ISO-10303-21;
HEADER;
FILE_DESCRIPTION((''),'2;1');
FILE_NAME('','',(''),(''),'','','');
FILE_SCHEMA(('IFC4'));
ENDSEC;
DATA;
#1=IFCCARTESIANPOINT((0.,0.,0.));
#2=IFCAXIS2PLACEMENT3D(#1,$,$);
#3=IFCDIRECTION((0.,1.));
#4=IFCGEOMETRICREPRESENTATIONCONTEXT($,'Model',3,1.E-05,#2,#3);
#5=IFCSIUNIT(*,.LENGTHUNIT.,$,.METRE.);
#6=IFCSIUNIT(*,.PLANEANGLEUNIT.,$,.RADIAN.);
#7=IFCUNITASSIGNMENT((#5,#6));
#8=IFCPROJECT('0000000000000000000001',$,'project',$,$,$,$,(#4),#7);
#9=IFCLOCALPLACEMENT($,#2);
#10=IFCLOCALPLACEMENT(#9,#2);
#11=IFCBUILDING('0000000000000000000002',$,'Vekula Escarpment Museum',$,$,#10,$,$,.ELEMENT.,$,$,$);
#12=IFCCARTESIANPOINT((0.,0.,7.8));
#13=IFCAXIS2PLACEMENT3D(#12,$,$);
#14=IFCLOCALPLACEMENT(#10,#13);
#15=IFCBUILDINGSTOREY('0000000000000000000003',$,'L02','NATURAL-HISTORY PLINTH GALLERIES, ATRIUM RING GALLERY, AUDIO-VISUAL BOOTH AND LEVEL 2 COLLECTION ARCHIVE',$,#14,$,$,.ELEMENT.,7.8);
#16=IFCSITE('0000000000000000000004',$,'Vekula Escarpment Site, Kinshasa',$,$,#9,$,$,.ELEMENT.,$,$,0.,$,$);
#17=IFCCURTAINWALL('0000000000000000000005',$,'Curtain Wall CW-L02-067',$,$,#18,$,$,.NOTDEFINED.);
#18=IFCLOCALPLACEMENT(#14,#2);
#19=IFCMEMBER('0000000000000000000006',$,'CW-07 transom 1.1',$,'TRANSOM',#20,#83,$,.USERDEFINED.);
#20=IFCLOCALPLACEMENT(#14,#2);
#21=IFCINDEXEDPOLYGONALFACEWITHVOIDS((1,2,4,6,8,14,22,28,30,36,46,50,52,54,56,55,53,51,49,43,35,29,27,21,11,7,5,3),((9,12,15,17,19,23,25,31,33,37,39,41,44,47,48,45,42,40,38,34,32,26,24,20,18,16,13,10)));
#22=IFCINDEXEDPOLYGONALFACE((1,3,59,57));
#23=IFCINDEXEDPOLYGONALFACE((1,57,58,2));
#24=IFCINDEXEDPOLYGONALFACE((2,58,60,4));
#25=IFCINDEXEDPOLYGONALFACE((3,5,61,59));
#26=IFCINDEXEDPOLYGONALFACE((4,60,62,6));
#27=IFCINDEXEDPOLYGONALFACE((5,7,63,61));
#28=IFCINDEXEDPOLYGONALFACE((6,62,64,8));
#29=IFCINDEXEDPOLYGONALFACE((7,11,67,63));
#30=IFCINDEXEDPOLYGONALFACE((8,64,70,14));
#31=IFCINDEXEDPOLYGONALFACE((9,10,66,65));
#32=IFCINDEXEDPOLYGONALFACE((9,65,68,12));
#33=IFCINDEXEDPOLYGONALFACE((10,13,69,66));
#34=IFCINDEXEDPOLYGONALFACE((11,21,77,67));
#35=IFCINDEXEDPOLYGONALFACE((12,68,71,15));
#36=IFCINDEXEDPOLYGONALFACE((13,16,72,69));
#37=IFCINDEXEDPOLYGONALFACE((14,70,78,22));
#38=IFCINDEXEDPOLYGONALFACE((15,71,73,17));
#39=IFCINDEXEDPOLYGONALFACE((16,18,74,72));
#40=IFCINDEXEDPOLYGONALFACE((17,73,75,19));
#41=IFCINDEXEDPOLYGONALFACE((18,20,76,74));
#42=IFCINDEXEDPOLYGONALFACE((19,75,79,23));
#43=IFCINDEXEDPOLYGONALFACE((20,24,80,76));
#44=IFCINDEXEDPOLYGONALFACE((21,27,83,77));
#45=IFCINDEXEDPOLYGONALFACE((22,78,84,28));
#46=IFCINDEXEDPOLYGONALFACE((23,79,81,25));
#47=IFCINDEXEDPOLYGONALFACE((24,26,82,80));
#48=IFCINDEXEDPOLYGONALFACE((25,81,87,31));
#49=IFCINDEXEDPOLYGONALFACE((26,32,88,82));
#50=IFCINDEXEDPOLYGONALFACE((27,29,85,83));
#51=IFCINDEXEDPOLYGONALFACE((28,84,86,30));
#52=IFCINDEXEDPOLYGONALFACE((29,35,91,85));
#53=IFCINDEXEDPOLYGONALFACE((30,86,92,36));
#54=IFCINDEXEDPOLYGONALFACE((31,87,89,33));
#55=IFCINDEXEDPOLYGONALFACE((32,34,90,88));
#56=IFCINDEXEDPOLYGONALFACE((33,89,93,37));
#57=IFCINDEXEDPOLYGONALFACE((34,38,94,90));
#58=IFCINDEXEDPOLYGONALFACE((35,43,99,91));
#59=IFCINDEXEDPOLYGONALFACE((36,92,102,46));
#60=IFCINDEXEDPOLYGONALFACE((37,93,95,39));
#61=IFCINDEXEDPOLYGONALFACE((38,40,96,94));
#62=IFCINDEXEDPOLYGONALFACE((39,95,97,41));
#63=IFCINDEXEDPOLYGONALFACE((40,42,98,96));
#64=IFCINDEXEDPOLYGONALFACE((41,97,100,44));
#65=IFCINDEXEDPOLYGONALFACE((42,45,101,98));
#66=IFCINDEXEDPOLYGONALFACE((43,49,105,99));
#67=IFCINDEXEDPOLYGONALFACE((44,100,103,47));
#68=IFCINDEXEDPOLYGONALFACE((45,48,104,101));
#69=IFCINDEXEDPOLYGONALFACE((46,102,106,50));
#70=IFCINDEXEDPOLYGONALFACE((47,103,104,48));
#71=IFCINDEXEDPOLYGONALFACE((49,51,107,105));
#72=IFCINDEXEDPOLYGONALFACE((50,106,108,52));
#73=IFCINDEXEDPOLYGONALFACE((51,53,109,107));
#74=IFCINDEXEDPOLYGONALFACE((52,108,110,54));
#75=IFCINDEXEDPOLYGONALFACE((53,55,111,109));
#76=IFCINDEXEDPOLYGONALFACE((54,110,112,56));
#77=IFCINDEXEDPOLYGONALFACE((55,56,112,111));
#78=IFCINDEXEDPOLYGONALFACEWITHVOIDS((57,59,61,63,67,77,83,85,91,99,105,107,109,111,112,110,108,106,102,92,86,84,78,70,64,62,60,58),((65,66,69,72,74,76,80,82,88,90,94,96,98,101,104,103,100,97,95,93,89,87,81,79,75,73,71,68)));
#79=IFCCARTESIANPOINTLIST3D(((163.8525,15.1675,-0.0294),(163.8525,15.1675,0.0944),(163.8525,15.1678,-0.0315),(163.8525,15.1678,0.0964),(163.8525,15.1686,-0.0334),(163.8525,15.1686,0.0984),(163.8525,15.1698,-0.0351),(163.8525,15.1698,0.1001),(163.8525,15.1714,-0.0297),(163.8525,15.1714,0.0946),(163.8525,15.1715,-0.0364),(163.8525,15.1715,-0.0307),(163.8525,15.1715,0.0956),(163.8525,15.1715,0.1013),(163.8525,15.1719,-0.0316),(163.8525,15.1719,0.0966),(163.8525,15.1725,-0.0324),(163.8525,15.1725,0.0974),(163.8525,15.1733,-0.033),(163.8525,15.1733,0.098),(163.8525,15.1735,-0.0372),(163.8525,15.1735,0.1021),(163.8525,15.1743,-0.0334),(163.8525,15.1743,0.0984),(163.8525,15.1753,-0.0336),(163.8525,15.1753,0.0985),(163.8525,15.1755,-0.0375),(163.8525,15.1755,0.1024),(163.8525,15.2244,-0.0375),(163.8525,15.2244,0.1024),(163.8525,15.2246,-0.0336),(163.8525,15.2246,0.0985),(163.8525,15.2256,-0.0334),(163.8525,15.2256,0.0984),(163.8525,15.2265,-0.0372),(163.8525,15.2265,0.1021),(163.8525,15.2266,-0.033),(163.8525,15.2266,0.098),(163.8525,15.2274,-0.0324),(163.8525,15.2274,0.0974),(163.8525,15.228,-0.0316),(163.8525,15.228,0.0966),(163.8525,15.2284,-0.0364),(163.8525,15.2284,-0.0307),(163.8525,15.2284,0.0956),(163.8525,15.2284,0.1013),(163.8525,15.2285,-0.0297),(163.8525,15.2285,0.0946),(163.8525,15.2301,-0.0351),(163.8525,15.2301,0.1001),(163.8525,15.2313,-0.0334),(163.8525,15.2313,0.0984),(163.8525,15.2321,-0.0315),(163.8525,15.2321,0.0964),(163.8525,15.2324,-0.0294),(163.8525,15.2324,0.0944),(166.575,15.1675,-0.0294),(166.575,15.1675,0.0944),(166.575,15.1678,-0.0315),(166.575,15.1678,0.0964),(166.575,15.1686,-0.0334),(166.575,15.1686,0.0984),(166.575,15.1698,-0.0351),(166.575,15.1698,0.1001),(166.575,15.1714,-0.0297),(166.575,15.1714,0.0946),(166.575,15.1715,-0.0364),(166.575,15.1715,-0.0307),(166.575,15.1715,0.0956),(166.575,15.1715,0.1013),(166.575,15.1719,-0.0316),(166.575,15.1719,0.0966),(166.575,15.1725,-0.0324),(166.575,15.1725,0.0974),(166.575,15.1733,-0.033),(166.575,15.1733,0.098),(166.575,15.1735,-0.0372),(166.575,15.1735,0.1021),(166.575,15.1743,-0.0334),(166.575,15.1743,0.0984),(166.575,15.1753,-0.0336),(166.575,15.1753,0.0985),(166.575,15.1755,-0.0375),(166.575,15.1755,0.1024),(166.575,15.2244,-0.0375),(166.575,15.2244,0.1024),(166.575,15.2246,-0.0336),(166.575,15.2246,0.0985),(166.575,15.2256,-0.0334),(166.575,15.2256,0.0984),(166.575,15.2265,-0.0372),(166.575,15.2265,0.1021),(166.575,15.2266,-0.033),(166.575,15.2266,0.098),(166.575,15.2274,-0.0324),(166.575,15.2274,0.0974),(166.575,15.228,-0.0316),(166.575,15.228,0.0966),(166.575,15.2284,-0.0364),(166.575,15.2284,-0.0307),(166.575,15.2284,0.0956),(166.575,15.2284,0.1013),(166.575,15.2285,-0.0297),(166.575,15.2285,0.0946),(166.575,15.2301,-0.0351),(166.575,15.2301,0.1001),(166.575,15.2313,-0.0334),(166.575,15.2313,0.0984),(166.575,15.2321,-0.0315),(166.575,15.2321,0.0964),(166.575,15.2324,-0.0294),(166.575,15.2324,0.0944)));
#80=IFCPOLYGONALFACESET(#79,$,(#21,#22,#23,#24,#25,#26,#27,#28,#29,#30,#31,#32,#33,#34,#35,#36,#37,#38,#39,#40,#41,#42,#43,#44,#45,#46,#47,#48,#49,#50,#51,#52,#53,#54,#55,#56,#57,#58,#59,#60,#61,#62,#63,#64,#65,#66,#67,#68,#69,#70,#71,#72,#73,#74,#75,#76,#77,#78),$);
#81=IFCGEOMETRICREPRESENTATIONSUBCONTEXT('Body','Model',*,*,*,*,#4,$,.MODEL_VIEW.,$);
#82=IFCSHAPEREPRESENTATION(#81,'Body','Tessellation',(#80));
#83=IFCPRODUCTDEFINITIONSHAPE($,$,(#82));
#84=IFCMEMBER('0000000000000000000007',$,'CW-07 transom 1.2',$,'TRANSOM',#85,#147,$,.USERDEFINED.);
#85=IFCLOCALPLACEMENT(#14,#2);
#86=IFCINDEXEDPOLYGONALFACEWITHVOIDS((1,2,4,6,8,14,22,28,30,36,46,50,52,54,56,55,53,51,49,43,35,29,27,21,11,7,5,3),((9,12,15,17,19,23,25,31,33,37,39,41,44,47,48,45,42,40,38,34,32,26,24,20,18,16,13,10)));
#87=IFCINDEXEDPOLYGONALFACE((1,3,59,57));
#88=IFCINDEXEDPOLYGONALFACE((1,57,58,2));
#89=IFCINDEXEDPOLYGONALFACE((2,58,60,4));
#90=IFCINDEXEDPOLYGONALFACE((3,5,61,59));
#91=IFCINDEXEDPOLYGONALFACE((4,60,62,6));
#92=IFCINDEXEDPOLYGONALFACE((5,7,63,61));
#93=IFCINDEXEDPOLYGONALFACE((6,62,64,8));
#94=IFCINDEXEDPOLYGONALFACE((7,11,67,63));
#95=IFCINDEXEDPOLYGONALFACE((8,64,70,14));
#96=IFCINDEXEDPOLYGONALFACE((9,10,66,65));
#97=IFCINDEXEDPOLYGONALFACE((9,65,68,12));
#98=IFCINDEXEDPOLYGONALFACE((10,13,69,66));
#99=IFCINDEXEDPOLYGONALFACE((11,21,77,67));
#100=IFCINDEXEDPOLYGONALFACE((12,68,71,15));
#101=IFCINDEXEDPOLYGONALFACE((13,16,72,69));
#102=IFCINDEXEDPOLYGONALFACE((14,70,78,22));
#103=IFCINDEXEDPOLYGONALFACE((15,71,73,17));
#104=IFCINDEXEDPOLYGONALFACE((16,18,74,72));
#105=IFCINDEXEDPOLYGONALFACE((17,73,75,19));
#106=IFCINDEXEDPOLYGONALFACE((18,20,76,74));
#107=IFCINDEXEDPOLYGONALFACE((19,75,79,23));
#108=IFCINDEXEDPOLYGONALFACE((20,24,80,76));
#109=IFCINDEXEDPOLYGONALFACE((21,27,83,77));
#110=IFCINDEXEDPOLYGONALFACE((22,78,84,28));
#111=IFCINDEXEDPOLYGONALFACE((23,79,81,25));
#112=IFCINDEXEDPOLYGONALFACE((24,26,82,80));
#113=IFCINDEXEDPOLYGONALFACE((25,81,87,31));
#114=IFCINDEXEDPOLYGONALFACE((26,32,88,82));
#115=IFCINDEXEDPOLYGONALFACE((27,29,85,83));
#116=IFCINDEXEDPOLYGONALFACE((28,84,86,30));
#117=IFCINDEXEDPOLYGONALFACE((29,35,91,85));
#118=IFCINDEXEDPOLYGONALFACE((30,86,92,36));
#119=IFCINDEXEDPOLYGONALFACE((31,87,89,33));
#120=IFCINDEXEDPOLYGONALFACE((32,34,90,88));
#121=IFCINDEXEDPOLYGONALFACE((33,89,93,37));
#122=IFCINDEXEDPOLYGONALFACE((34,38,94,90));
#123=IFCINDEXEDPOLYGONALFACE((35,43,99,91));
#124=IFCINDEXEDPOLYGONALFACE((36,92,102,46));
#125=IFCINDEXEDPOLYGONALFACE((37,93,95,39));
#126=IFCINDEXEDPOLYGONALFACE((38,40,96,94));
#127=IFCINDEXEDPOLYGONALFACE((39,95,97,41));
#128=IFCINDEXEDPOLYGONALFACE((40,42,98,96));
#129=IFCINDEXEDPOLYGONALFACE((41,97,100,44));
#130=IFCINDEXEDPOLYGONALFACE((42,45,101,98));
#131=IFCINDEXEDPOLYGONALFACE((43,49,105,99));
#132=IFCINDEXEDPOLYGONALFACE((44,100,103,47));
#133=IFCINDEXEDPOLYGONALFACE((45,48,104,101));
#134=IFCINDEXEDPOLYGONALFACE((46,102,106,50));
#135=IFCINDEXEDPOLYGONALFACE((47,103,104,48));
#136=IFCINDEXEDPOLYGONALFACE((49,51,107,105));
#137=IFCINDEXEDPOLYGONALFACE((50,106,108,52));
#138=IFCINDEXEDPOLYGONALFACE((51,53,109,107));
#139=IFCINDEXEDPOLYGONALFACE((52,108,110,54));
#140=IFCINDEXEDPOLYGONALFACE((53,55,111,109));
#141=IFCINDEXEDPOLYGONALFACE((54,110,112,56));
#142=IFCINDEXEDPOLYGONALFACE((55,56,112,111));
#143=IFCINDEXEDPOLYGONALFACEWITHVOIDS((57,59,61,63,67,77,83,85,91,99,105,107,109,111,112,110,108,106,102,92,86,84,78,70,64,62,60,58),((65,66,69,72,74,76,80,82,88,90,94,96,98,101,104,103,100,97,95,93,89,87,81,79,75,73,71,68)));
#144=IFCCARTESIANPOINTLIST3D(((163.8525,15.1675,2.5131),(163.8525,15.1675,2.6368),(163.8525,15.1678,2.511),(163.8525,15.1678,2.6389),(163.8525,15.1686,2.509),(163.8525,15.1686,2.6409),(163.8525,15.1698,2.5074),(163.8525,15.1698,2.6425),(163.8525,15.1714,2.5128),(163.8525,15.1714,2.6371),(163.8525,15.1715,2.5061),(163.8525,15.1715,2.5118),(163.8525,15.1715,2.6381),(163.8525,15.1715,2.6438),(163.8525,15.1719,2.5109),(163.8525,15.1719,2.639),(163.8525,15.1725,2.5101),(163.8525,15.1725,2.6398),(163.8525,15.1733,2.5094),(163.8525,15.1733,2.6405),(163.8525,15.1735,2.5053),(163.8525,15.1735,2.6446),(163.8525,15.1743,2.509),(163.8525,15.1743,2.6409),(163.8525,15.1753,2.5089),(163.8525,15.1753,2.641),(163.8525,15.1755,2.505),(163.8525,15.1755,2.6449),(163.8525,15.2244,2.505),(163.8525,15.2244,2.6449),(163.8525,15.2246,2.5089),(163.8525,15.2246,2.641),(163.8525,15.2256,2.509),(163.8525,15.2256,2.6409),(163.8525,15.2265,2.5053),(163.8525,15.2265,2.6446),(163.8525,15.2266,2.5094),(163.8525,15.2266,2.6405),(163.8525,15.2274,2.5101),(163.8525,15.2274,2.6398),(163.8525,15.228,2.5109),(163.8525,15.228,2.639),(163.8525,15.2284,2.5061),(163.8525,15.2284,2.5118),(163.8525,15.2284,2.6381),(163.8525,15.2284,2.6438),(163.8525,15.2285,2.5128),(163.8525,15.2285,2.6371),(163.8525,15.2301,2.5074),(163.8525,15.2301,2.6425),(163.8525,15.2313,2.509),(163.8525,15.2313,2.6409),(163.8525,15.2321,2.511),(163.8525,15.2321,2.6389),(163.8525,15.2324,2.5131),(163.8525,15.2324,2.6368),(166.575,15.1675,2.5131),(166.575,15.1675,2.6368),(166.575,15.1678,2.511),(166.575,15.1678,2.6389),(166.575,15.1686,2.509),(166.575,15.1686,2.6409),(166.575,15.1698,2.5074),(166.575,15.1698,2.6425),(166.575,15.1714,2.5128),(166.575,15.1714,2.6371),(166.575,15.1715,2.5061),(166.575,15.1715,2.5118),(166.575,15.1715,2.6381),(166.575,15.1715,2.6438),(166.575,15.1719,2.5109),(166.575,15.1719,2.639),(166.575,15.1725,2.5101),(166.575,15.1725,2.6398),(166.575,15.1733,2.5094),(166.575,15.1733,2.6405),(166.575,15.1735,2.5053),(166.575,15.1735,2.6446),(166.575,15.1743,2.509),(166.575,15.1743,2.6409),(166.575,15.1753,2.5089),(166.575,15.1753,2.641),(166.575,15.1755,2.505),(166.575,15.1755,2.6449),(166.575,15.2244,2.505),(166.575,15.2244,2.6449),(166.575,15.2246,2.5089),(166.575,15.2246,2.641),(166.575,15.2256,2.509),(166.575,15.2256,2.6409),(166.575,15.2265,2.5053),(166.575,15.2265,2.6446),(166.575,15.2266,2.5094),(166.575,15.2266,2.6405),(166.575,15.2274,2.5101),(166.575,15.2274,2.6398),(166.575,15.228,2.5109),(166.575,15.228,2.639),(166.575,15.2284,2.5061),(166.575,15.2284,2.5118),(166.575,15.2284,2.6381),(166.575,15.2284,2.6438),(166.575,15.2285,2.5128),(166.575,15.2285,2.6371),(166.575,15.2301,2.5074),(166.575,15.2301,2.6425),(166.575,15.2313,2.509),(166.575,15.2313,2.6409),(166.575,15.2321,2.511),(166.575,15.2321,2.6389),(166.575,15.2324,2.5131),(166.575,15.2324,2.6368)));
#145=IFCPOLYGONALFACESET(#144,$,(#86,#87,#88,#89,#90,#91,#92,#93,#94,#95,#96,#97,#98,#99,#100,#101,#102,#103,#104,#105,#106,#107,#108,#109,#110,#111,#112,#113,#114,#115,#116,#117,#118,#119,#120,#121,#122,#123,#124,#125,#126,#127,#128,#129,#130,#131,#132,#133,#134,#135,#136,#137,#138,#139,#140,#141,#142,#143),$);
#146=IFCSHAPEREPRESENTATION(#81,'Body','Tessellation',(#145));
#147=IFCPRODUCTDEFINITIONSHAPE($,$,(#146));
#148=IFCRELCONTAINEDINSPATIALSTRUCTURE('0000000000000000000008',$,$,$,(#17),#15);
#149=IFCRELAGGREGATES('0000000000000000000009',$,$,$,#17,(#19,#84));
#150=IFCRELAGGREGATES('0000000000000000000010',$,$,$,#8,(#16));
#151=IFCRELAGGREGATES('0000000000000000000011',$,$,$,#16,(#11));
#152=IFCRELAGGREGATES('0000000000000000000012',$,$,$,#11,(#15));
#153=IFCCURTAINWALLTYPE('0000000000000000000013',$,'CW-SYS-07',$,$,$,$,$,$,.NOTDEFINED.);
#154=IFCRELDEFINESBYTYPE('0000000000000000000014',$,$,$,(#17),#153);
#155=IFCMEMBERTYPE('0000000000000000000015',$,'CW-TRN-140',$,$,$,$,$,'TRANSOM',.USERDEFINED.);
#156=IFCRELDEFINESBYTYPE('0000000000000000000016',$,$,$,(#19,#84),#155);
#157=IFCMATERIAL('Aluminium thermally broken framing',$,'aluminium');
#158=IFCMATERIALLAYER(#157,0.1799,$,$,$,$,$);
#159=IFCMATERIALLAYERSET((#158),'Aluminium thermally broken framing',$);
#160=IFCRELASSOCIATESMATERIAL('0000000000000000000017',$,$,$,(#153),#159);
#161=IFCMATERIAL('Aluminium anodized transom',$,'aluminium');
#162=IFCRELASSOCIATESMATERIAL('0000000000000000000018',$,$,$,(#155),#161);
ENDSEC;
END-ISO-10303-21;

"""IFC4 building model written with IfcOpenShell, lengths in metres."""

from ifc_helpers import new_model, si_unit, direction, frame, origin, origin_2d, place, context, subcontext, project, spatial, hollow_rectangle, extrude, material, layer, layer_set, material_profile, profile_set, type_object, element, aggregate, save


model = new_model("IFC4")

# Units and contexts
model_context = context("Model", 3, precision=1e-05, world=origin(), true_north=direction((0.0, 1.0)))
body_context = subcontext(model_context, "Body", "Model", "MODEL_VIEW")
ifc_project = project(units=[si_unit("LENGTHUNIT", "METRE"), si_unit("PLANEANGLEUNIT", "RADIAN")], contexts=[model_context])

# Site, building, storey
site_placement = place(None, origin())
site = spatial("IfcSite", under=ifc_project, at=site_placement, Name="Vekula Escarpment Site, Kinshasa", CompositionType="ELEMENT", RefElevation=0.0)
building_placement = place(site_placement, origin())
building = spatial("IfcBuilding", under=site, at=building_placement, Name="Vekula Escarpment Museum", CompositionType="ELEMENT")
storey_placement = place(building_placement, frame((0.0, 0.0, 7.8)))
storey = spatial("IfcBuildingStorey", under=building, at=storey_placement, Name="L02", Description="NATURAL-HISTORY PLINTH GALLERIES, ATRIUM RING GALLERY, AUDIO-VISUAL BOOTH AND LEVEL 2 COLLECTION ARCHIVE", CompositionType="ELEMENT", Elevation=7.8)

# Curtain wall, members
ifc_material_1 = material(Name="Aluminium thermally broken framing", Category="aluminium")
ifc_layer_1 = layer(ifc_material_1, 0.1799)
ifc_layer_set_1 = layer_set([ifc_layer_1], Name="Aluminium thermally broken framing")
curtain_wall_type = type_object("IfcCurtainWallType", Name="CW-SYS-07", PredefinedType="NOTDEFINED", material=ifc_layer_set_1)
curtain_wall_placement = place(storey_placement, origin())
curtain_wall = element("IfcCurtainWall", 1, at=curtain_wall_placement, inside=storey, type_object=curtain_wall_type, Name="Curtain Wall CW-L02-067", PredefinedType="NOTDEFINED")
ifc_material_2 = material(Name="Aluminium anodized transom", Category="aluminium")
ifc_material_profile_1 = material_profile(ifc_material_2, hollow_rectangle(XDim=0.0649, YDim=0.1399, WallThickness=0.0039, InnerFilletRadius=0.0039, OuterFilletRadius=0.0081, at=origin_2d()), Name="ALU 140x65x4")
ifc_profile_set_1 = profile_set([ifc_material_profile_1], Name="Aluminium anodized transom")
member_type_1 = type_object("IfcMemberType", Name="CW-TRN-140", ElementType="TRANSOM", PredefinedType="USERDEFINED", material=ifc_profile_set_1)
member_1_placement = place(storey_placement, frame((166.575, 15.2, 0.0325), z_axis=(-1.0, 0.0, 0.0), x_axis=(0.0, -1.0, 0.0)))
member_1 = element("IfcMember", 2, at=member_1_placement, type_object=member_type_1, Name="CW-07 transom 1.1", ObjectType="TRANSOM", PredefinedType="USERDEFINED", context=body_context, shape_type="SweptSolid", body=[
    extrude(hollow_rectangle(XDim=0.0649, YDim=0.1399, WallThickness=0.0039, InnerFilletRadius=0.0039, OuterFilletRadius=0.0081, at=origin_2d()), origin(), (0.0, 0.0, 1.0), 2.7224),
])
member_2_placement = place(storey_placement, frame((166.575, 15.2, 2.575), z_axis=(-1.0, 0.0, 0.0), x_axis=(0.0, -1.0, 0.0)))
member_2 = element("IfcMember", 3, at=member_2_placement, type_object=member_type_1, Name="CW-07 transom 1.2", ObjectType="TRANSOM", PredefinedType="USERDEFINED", context=body_context, shape_type="SweptSolid", body=[
    extrude(hollow_rectangle(XDim=0.0649, YDim=0.1399, WallThickness=0.0039, InnerFilletRadius=0.0039, OuterFilletRadius=0.0081, at=origin_2d()), origin(), (0.0, 0.0, 1.0), 2.7224),
])
aggregate(curtain_wall, [member_1, member_2])

save(model, "model.ifc")
